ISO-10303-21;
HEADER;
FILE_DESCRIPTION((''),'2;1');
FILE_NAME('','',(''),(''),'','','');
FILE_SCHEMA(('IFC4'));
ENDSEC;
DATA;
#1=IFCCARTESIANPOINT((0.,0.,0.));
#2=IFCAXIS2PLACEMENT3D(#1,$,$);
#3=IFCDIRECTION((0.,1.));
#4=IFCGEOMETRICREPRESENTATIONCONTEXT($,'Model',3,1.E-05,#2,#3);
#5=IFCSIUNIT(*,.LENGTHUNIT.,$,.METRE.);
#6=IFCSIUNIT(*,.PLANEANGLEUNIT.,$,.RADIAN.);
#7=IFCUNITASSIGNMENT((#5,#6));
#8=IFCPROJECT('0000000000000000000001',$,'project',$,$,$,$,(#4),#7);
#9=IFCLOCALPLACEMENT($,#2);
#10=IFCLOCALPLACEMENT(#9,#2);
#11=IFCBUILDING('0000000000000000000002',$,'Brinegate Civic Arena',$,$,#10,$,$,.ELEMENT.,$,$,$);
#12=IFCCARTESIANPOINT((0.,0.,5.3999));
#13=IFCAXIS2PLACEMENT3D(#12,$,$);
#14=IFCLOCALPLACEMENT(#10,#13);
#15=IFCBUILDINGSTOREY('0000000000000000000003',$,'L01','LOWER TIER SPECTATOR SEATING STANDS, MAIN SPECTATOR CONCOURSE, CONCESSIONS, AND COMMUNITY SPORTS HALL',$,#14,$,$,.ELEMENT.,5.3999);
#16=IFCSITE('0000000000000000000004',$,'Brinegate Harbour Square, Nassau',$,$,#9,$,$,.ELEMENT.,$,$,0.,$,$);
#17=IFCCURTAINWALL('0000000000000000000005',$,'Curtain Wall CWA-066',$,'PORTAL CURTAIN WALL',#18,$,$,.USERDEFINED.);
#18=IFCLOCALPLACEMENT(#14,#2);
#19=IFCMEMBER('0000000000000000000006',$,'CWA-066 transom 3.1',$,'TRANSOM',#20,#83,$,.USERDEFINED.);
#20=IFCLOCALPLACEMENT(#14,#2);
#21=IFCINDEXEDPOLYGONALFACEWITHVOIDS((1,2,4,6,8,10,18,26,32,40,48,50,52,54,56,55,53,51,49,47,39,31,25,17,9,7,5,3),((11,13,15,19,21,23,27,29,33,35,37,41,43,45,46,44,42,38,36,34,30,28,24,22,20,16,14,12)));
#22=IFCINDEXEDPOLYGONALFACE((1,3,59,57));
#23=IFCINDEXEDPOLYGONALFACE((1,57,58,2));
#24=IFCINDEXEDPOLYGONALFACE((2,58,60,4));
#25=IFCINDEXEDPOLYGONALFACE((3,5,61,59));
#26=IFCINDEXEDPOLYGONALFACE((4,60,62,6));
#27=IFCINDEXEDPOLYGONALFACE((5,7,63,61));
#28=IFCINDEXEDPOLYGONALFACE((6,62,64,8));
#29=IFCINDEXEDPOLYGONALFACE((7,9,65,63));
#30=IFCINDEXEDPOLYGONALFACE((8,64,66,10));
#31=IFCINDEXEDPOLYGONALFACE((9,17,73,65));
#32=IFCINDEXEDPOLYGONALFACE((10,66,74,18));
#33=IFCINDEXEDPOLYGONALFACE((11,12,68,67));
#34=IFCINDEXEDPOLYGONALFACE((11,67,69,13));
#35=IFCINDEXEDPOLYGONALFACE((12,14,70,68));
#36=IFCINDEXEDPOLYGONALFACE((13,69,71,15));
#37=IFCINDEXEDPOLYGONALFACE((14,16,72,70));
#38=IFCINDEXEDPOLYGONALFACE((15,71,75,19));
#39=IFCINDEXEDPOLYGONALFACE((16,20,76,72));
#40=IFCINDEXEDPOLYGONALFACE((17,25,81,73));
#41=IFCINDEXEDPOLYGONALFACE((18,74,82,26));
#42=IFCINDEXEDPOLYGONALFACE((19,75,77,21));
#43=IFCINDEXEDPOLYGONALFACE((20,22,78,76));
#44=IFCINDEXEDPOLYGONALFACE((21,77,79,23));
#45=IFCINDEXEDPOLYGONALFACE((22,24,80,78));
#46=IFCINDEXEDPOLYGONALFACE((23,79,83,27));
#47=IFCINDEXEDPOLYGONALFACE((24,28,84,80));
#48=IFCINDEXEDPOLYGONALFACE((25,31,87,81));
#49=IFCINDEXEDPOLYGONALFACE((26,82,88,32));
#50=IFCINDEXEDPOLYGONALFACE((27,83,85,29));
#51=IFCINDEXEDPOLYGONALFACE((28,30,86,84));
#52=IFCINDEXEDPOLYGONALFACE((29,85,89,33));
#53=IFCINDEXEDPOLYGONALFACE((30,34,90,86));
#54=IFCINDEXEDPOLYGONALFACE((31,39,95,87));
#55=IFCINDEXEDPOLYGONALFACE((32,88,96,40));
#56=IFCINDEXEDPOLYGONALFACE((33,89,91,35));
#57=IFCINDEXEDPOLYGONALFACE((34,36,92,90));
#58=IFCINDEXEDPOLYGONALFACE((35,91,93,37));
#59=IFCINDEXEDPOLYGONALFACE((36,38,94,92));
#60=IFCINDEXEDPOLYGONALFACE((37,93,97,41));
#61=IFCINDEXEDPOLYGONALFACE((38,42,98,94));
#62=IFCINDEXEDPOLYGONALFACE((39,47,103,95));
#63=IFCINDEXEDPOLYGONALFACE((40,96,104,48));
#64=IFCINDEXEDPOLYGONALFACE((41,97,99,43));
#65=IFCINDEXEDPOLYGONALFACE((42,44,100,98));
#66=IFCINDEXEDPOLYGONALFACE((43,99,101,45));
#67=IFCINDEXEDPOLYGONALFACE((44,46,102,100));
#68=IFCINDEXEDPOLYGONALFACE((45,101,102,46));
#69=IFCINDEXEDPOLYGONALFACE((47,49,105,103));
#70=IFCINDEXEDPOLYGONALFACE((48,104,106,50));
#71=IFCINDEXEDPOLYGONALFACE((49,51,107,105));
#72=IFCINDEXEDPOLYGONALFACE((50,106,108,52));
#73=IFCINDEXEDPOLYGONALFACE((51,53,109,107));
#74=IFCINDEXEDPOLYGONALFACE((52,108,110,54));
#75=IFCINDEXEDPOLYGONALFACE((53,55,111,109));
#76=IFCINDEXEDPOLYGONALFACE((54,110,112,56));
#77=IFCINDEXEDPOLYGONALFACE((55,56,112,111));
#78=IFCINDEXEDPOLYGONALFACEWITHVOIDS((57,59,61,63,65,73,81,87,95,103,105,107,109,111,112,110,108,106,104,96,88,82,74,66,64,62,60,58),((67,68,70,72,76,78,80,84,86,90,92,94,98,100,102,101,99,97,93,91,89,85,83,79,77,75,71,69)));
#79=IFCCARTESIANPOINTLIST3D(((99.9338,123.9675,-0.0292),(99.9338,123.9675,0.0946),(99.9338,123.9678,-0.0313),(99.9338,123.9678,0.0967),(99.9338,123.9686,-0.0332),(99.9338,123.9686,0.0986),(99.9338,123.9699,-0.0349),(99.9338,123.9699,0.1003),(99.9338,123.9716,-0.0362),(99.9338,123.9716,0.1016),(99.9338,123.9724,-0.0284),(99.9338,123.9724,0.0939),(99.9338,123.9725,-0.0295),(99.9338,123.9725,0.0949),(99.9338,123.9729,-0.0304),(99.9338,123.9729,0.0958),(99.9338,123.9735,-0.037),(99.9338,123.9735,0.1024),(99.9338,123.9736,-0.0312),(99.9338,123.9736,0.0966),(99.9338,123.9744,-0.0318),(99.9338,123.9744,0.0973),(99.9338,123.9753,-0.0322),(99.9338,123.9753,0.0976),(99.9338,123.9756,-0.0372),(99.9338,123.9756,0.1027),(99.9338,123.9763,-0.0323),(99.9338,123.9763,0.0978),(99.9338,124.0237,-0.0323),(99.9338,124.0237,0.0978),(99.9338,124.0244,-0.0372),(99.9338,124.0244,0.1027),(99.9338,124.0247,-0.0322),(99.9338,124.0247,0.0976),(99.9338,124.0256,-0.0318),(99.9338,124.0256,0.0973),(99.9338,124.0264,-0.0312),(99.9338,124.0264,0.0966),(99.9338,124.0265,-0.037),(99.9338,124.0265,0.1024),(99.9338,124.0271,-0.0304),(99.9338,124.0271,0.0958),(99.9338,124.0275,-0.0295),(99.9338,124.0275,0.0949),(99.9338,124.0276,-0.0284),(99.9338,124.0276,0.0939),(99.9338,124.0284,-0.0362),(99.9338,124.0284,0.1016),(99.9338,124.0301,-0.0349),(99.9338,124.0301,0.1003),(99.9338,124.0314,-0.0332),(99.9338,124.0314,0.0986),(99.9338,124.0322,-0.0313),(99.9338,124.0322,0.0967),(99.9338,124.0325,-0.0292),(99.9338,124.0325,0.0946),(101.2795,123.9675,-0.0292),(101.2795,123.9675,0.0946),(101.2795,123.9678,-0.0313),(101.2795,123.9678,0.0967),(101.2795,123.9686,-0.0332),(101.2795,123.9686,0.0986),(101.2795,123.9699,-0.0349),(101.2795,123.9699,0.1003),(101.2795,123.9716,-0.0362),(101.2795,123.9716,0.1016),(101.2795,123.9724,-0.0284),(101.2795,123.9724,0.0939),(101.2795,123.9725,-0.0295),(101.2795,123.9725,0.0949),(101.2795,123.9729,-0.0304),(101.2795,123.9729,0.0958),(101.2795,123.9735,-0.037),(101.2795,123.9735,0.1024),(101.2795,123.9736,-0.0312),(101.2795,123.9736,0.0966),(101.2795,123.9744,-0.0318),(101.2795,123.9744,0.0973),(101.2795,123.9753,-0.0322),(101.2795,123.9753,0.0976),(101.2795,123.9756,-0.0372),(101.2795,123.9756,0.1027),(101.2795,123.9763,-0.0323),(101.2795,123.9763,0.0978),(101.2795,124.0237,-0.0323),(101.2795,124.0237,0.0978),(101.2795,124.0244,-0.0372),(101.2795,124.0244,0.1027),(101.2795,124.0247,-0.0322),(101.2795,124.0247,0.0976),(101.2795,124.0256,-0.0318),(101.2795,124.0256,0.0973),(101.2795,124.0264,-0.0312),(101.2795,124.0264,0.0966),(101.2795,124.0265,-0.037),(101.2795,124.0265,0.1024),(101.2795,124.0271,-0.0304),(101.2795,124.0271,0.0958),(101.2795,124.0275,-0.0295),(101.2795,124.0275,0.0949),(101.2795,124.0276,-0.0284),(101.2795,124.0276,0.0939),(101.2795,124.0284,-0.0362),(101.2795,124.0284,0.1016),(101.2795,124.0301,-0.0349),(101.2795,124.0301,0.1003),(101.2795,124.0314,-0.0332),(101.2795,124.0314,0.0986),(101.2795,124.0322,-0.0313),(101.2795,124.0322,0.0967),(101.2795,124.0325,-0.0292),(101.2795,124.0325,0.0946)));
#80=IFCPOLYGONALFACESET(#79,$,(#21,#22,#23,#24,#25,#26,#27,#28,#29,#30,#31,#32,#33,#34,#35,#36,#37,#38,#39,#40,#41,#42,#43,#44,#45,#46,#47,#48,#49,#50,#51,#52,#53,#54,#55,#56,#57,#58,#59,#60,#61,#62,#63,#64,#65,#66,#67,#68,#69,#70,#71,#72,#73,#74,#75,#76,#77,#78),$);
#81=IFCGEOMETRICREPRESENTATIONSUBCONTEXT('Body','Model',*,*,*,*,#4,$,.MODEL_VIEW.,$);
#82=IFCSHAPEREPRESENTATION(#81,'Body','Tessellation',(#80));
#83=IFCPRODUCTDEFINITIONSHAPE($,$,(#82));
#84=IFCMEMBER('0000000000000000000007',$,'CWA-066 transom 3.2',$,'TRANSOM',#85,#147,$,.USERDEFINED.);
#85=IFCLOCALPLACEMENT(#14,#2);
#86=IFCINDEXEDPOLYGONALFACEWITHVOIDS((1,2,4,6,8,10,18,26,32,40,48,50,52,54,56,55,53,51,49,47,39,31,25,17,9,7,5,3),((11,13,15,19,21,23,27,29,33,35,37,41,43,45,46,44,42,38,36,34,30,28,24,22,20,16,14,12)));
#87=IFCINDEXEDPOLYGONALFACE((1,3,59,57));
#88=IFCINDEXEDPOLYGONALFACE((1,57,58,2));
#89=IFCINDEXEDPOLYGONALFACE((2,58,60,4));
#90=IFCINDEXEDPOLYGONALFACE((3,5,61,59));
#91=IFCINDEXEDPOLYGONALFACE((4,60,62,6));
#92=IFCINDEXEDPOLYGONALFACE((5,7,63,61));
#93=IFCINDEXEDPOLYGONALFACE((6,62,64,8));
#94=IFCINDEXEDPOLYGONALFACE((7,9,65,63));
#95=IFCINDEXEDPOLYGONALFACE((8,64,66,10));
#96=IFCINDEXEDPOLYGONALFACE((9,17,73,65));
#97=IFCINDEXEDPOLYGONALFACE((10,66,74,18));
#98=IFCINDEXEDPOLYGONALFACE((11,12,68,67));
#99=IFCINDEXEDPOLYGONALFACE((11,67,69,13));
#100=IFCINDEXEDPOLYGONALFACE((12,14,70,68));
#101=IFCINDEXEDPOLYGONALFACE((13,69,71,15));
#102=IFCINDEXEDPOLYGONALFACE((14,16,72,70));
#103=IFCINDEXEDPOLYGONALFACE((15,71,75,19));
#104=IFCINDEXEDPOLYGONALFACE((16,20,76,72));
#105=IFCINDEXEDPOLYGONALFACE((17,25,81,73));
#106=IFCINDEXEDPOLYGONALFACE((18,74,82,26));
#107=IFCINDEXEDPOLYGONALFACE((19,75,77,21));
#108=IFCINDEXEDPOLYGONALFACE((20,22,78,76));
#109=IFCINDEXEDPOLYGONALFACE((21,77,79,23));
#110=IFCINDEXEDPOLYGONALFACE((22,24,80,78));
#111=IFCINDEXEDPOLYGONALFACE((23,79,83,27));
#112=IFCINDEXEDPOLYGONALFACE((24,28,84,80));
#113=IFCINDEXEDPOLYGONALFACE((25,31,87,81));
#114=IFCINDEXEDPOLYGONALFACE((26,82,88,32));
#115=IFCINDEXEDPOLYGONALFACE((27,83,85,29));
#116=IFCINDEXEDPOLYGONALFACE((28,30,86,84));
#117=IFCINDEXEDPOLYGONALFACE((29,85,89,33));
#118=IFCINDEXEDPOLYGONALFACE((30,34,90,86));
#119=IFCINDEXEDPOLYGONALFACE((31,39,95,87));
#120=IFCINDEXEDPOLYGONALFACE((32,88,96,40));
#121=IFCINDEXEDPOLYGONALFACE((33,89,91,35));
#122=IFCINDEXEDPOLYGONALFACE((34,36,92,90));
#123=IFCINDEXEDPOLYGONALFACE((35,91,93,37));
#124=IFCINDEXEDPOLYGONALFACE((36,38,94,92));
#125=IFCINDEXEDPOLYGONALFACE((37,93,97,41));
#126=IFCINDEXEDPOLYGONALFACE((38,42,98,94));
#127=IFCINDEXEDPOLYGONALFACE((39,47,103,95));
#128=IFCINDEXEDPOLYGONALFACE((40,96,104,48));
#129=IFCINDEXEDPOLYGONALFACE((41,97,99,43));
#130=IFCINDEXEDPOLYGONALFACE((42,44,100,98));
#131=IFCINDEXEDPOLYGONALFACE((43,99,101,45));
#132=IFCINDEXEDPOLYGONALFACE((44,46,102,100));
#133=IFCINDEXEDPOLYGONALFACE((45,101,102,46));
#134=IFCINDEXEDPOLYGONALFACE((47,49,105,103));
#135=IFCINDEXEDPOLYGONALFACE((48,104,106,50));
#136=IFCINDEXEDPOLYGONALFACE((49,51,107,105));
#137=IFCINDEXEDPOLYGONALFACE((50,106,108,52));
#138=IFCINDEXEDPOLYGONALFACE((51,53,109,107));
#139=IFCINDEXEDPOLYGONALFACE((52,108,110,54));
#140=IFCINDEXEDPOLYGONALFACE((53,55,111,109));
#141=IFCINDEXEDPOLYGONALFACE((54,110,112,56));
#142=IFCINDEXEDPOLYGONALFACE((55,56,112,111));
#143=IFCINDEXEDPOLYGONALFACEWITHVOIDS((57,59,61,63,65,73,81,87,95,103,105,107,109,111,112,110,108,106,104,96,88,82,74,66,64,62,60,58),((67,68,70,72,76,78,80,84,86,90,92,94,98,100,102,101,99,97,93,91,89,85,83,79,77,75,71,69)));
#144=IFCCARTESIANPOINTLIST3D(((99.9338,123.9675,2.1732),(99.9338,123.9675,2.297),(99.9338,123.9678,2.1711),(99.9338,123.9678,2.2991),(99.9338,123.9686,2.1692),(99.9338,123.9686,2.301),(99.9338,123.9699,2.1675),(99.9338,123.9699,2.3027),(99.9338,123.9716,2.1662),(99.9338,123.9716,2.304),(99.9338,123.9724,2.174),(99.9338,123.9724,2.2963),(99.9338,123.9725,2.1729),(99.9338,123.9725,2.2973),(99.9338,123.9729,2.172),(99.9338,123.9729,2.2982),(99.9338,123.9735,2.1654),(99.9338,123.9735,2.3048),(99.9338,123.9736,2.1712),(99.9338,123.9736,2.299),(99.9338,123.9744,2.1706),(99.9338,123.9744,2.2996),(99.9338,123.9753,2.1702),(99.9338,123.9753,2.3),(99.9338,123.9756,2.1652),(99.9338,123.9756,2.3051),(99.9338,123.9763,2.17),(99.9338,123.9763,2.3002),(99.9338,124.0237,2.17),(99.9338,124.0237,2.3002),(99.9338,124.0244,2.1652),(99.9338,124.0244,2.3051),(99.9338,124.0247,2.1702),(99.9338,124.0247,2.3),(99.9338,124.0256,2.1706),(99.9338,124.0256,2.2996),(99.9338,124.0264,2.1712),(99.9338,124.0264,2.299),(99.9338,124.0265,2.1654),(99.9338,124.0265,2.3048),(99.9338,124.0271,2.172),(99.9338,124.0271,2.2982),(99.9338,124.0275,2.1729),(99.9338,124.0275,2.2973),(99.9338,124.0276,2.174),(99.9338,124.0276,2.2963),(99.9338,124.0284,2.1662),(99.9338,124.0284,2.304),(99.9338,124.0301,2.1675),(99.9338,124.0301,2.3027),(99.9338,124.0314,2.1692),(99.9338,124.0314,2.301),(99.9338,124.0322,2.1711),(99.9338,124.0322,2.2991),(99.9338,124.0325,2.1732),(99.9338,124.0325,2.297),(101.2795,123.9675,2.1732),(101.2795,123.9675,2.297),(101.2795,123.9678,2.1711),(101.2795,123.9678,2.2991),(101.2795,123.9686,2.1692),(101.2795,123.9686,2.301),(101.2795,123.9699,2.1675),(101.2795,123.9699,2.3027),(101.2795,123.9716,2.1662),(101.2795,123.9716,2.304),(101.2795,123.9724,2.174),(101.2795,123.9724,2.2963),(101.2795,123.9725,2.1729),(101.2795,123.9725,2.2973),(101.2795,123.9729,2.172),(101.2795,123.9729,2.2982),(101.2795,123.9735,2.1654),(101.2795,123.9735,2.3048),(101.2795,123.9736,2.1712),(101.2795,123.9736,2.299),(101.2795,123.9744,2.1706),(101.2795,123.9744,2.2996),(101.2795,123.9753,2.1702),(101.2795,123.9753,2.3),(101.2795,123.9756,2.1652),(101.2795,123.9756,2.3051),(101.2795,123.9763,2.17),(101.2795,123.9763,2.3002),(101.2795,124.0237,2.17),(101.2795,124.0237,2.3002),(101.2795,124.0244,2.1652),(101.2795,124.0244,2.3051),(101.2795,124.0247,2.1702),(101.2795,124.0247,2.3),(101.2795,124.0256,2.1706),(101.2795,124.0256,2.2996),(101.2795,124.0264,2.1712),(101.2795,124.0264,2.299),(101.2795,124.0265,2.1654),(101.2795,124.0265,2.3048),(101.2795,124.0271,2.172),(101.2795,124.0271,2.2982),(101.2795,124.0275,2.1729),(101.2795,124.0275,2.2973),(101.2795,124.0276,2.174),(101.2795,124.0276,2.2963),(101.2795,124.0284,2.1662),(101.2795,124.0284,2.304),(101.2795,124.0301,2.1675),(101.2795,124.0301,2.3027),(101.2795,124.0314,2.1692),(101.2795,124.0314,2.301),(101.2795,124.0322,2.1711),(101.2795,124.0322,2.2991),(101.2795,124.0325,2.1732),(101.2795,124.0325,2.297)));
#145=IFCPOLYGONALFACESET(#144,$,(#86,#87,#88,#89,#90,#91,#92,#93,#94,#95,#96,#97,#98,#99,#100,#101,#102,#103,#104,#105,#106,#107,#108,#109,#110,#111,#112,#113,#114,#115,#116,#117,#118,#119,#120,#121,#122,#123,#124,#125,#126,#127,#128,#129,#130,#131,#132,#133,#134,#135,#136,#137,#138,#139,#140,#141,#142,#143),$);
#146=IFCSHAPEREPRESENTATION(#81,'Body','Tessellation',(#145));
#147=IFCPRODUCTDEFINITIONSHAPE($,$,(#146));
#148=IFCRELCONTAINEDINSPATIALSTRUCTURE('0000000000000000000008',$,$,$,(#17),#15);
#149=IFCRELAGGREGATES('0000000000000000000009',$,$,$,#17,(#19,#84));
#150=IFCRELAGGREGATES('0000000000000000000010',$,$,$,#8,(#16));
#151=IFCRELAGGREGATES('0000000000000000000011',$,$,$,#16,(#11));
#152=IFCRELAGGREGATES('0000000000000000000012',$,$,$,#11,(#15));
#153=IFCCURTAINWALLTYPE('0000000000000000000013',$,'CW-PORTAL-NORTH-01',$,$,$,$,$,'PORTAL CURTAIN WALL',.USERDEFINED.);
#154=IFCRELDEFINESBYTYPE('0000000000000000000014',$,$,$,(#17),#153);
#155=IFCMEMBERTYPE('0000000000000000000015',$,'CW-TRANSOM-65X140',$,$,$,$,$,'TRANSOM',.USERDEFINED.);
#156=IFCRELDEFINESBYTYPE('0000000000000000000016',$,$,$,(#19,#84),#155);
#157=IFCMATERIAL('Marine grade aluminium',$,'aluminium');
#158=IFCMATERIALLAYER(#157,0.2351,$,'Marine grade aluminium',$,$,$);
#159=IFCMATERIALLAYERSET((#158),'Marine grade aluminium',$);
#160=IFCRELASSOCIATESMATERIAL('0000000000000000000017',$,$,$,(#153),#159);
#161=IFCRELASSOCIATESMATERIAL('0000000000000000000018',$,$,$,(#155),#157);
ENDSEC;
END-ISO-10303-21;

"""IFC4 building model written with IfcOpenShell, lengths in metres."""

from ifc_helpers import new_model, si_unit, direction, frame, origin, origin_2d, place, context, subcontext, project, spatial, hollow_rectangle, extrude, material, layer, layer_set, material_profile, profile_set, type_object, element, aggregate, save


model = new_model("IFC4")

# Units and contexts
model_context = context("Model", 3, precision=1e-05, world=origin(), true_north=direction((0.0, 1.0)))
body_context = subcontext(model_context, "Body", "Model", "MODEL_VIEW")
ifc_project = project(units=[si_unit("LENGTHUNIT", "METRE"), si_unit("PLANEANGLEUNIT", "RADIAN")], contexts=[model_context])

# Site, building, storey
site_placement = place(None, origin())
site = spatial("IfcSite", under=ifc_project, at=site_placement, Name="Brinegate Harbour Square, Nassau", CompositionType="ELEMENT", RefElevation=0.0)
building_placement = place(site_placement, origin())
building = spatial("IfcBuilding", under=site, at=building_placement, Name="Brinegate Civic Arena", CompositionType="ELEMENT")
storey_placement = place(building_placement, frame((0.0, 0.0, 5.3999)))
storey = spatial("IfcBuildingStorey", under=building, at=storey_placement, Name="L01", Description="LOWER TIER SPECTATOR SEATING STANDS, MAIN SPECTATOR CONCOURSE, CONCESSIONS, AND COMMUNITY SPORTS HALL", CompositionType="ELEMENT", Elevation=5.3999)

# Curtain wall, members
ifc_material_1 = material(Name="Marine grade aluminium", Category="aluminium")
ifc_layer_1 = layer(ifc_material_1, 0.2351, Name="Marine grade aluminium")
ifc_layer_set_1 = layer_set([ifc_layer_1], Name="Marine grade aluminium")
curtain_wall_type = type_object("IfcCurtainWallType", Name="CW-PORTAL-NORTH-01", ElementType="PORTAL CURTAIN WALL", PredefinedType="USERDEFINED", material=ifc_layer_set_1)
curtain_wall_placement = place(storey_placement, origin())
curtain_wall = element("IfcCurtainWall", 1, at=curtain_wall_placement, inside=storey, type_object=curtain_wall_type, Name="Curtain Wall CWA-066", ObjectType="PORTAL CURTAIN WALL", PredefinedType="USERDEFINED")
ifc_material_profile_1 = material_profile(ifc_material_1, hollow_rectangle(XDim=0.0649, YDim=0.1399, WallThickness=0.0049, InnerFilletRadius=0.0039, OuterFilletRadius=0.0081, at=origin_2d()), Name="TRN65X140")
ifc_profile_set_1 = profile_set([ifc_material_profile_1], Name="Marine grade aluminium")
member_type_1 = type_object("IfcMemberType", Name="CW-TRANSOM-65X140", ElementType="TRANSOM", PredefinedType="USERDEFINED", material=ifc_profile_set_1)
member_1_placement = place(storey_placement, frame((99.9338, 124.0, 0.0327), z_axis=(1.0, 0.0, 0.0), x_axis=(0.0, 1.0, 0.0)))
member_1 = element("IfcMember", 2, at=member_1_placement, type_object=member_type_1, Name="CWA-066 transom 3.1", ObjectType="TRANSOM", PredefinedType="USERDEFINED", context=body_context, shape_type="SweptSolid", body=[
    extrude(hollow_rectangle(XDim=0.0649, YDim=0.1399, WallThickness=0.0049, InnerFilletRadius=0.0039, OuterFilletRadius=0.0081, at=origin_2d()), origin(), (0.0, 0.0, 1.0), 1.3457),
])
member_2_placement = place(storey_placement, frame((99.9338, 124.0, 2.2351), z_axis=(1.0, 0.0, 0.0), x_axis=(0.0, 1.0, 0.0)))
member_2 = element("IfcMember", 3, at=member_2_placement, type_object=member_type_1, Name="CWA-066 transom 3.2", ObjectType="TRANSOM", PredefinedType="USERDEFINED", context=body_context, shape_type="SweptSolid", body=[
    extrude(hollow_rectangle(XDim=0.0649, YDim=0.1399, WallThickness=0.0049, InnerFilletRadius=0.0039, OuterFilletRadius=0.0081, at=origin_2d()), origin(), (0.0, 0.0, 1.0), 1.3457),
])

aggregate(curtain_wall, [member_1, member_2])

save(model, "model.ifc")
